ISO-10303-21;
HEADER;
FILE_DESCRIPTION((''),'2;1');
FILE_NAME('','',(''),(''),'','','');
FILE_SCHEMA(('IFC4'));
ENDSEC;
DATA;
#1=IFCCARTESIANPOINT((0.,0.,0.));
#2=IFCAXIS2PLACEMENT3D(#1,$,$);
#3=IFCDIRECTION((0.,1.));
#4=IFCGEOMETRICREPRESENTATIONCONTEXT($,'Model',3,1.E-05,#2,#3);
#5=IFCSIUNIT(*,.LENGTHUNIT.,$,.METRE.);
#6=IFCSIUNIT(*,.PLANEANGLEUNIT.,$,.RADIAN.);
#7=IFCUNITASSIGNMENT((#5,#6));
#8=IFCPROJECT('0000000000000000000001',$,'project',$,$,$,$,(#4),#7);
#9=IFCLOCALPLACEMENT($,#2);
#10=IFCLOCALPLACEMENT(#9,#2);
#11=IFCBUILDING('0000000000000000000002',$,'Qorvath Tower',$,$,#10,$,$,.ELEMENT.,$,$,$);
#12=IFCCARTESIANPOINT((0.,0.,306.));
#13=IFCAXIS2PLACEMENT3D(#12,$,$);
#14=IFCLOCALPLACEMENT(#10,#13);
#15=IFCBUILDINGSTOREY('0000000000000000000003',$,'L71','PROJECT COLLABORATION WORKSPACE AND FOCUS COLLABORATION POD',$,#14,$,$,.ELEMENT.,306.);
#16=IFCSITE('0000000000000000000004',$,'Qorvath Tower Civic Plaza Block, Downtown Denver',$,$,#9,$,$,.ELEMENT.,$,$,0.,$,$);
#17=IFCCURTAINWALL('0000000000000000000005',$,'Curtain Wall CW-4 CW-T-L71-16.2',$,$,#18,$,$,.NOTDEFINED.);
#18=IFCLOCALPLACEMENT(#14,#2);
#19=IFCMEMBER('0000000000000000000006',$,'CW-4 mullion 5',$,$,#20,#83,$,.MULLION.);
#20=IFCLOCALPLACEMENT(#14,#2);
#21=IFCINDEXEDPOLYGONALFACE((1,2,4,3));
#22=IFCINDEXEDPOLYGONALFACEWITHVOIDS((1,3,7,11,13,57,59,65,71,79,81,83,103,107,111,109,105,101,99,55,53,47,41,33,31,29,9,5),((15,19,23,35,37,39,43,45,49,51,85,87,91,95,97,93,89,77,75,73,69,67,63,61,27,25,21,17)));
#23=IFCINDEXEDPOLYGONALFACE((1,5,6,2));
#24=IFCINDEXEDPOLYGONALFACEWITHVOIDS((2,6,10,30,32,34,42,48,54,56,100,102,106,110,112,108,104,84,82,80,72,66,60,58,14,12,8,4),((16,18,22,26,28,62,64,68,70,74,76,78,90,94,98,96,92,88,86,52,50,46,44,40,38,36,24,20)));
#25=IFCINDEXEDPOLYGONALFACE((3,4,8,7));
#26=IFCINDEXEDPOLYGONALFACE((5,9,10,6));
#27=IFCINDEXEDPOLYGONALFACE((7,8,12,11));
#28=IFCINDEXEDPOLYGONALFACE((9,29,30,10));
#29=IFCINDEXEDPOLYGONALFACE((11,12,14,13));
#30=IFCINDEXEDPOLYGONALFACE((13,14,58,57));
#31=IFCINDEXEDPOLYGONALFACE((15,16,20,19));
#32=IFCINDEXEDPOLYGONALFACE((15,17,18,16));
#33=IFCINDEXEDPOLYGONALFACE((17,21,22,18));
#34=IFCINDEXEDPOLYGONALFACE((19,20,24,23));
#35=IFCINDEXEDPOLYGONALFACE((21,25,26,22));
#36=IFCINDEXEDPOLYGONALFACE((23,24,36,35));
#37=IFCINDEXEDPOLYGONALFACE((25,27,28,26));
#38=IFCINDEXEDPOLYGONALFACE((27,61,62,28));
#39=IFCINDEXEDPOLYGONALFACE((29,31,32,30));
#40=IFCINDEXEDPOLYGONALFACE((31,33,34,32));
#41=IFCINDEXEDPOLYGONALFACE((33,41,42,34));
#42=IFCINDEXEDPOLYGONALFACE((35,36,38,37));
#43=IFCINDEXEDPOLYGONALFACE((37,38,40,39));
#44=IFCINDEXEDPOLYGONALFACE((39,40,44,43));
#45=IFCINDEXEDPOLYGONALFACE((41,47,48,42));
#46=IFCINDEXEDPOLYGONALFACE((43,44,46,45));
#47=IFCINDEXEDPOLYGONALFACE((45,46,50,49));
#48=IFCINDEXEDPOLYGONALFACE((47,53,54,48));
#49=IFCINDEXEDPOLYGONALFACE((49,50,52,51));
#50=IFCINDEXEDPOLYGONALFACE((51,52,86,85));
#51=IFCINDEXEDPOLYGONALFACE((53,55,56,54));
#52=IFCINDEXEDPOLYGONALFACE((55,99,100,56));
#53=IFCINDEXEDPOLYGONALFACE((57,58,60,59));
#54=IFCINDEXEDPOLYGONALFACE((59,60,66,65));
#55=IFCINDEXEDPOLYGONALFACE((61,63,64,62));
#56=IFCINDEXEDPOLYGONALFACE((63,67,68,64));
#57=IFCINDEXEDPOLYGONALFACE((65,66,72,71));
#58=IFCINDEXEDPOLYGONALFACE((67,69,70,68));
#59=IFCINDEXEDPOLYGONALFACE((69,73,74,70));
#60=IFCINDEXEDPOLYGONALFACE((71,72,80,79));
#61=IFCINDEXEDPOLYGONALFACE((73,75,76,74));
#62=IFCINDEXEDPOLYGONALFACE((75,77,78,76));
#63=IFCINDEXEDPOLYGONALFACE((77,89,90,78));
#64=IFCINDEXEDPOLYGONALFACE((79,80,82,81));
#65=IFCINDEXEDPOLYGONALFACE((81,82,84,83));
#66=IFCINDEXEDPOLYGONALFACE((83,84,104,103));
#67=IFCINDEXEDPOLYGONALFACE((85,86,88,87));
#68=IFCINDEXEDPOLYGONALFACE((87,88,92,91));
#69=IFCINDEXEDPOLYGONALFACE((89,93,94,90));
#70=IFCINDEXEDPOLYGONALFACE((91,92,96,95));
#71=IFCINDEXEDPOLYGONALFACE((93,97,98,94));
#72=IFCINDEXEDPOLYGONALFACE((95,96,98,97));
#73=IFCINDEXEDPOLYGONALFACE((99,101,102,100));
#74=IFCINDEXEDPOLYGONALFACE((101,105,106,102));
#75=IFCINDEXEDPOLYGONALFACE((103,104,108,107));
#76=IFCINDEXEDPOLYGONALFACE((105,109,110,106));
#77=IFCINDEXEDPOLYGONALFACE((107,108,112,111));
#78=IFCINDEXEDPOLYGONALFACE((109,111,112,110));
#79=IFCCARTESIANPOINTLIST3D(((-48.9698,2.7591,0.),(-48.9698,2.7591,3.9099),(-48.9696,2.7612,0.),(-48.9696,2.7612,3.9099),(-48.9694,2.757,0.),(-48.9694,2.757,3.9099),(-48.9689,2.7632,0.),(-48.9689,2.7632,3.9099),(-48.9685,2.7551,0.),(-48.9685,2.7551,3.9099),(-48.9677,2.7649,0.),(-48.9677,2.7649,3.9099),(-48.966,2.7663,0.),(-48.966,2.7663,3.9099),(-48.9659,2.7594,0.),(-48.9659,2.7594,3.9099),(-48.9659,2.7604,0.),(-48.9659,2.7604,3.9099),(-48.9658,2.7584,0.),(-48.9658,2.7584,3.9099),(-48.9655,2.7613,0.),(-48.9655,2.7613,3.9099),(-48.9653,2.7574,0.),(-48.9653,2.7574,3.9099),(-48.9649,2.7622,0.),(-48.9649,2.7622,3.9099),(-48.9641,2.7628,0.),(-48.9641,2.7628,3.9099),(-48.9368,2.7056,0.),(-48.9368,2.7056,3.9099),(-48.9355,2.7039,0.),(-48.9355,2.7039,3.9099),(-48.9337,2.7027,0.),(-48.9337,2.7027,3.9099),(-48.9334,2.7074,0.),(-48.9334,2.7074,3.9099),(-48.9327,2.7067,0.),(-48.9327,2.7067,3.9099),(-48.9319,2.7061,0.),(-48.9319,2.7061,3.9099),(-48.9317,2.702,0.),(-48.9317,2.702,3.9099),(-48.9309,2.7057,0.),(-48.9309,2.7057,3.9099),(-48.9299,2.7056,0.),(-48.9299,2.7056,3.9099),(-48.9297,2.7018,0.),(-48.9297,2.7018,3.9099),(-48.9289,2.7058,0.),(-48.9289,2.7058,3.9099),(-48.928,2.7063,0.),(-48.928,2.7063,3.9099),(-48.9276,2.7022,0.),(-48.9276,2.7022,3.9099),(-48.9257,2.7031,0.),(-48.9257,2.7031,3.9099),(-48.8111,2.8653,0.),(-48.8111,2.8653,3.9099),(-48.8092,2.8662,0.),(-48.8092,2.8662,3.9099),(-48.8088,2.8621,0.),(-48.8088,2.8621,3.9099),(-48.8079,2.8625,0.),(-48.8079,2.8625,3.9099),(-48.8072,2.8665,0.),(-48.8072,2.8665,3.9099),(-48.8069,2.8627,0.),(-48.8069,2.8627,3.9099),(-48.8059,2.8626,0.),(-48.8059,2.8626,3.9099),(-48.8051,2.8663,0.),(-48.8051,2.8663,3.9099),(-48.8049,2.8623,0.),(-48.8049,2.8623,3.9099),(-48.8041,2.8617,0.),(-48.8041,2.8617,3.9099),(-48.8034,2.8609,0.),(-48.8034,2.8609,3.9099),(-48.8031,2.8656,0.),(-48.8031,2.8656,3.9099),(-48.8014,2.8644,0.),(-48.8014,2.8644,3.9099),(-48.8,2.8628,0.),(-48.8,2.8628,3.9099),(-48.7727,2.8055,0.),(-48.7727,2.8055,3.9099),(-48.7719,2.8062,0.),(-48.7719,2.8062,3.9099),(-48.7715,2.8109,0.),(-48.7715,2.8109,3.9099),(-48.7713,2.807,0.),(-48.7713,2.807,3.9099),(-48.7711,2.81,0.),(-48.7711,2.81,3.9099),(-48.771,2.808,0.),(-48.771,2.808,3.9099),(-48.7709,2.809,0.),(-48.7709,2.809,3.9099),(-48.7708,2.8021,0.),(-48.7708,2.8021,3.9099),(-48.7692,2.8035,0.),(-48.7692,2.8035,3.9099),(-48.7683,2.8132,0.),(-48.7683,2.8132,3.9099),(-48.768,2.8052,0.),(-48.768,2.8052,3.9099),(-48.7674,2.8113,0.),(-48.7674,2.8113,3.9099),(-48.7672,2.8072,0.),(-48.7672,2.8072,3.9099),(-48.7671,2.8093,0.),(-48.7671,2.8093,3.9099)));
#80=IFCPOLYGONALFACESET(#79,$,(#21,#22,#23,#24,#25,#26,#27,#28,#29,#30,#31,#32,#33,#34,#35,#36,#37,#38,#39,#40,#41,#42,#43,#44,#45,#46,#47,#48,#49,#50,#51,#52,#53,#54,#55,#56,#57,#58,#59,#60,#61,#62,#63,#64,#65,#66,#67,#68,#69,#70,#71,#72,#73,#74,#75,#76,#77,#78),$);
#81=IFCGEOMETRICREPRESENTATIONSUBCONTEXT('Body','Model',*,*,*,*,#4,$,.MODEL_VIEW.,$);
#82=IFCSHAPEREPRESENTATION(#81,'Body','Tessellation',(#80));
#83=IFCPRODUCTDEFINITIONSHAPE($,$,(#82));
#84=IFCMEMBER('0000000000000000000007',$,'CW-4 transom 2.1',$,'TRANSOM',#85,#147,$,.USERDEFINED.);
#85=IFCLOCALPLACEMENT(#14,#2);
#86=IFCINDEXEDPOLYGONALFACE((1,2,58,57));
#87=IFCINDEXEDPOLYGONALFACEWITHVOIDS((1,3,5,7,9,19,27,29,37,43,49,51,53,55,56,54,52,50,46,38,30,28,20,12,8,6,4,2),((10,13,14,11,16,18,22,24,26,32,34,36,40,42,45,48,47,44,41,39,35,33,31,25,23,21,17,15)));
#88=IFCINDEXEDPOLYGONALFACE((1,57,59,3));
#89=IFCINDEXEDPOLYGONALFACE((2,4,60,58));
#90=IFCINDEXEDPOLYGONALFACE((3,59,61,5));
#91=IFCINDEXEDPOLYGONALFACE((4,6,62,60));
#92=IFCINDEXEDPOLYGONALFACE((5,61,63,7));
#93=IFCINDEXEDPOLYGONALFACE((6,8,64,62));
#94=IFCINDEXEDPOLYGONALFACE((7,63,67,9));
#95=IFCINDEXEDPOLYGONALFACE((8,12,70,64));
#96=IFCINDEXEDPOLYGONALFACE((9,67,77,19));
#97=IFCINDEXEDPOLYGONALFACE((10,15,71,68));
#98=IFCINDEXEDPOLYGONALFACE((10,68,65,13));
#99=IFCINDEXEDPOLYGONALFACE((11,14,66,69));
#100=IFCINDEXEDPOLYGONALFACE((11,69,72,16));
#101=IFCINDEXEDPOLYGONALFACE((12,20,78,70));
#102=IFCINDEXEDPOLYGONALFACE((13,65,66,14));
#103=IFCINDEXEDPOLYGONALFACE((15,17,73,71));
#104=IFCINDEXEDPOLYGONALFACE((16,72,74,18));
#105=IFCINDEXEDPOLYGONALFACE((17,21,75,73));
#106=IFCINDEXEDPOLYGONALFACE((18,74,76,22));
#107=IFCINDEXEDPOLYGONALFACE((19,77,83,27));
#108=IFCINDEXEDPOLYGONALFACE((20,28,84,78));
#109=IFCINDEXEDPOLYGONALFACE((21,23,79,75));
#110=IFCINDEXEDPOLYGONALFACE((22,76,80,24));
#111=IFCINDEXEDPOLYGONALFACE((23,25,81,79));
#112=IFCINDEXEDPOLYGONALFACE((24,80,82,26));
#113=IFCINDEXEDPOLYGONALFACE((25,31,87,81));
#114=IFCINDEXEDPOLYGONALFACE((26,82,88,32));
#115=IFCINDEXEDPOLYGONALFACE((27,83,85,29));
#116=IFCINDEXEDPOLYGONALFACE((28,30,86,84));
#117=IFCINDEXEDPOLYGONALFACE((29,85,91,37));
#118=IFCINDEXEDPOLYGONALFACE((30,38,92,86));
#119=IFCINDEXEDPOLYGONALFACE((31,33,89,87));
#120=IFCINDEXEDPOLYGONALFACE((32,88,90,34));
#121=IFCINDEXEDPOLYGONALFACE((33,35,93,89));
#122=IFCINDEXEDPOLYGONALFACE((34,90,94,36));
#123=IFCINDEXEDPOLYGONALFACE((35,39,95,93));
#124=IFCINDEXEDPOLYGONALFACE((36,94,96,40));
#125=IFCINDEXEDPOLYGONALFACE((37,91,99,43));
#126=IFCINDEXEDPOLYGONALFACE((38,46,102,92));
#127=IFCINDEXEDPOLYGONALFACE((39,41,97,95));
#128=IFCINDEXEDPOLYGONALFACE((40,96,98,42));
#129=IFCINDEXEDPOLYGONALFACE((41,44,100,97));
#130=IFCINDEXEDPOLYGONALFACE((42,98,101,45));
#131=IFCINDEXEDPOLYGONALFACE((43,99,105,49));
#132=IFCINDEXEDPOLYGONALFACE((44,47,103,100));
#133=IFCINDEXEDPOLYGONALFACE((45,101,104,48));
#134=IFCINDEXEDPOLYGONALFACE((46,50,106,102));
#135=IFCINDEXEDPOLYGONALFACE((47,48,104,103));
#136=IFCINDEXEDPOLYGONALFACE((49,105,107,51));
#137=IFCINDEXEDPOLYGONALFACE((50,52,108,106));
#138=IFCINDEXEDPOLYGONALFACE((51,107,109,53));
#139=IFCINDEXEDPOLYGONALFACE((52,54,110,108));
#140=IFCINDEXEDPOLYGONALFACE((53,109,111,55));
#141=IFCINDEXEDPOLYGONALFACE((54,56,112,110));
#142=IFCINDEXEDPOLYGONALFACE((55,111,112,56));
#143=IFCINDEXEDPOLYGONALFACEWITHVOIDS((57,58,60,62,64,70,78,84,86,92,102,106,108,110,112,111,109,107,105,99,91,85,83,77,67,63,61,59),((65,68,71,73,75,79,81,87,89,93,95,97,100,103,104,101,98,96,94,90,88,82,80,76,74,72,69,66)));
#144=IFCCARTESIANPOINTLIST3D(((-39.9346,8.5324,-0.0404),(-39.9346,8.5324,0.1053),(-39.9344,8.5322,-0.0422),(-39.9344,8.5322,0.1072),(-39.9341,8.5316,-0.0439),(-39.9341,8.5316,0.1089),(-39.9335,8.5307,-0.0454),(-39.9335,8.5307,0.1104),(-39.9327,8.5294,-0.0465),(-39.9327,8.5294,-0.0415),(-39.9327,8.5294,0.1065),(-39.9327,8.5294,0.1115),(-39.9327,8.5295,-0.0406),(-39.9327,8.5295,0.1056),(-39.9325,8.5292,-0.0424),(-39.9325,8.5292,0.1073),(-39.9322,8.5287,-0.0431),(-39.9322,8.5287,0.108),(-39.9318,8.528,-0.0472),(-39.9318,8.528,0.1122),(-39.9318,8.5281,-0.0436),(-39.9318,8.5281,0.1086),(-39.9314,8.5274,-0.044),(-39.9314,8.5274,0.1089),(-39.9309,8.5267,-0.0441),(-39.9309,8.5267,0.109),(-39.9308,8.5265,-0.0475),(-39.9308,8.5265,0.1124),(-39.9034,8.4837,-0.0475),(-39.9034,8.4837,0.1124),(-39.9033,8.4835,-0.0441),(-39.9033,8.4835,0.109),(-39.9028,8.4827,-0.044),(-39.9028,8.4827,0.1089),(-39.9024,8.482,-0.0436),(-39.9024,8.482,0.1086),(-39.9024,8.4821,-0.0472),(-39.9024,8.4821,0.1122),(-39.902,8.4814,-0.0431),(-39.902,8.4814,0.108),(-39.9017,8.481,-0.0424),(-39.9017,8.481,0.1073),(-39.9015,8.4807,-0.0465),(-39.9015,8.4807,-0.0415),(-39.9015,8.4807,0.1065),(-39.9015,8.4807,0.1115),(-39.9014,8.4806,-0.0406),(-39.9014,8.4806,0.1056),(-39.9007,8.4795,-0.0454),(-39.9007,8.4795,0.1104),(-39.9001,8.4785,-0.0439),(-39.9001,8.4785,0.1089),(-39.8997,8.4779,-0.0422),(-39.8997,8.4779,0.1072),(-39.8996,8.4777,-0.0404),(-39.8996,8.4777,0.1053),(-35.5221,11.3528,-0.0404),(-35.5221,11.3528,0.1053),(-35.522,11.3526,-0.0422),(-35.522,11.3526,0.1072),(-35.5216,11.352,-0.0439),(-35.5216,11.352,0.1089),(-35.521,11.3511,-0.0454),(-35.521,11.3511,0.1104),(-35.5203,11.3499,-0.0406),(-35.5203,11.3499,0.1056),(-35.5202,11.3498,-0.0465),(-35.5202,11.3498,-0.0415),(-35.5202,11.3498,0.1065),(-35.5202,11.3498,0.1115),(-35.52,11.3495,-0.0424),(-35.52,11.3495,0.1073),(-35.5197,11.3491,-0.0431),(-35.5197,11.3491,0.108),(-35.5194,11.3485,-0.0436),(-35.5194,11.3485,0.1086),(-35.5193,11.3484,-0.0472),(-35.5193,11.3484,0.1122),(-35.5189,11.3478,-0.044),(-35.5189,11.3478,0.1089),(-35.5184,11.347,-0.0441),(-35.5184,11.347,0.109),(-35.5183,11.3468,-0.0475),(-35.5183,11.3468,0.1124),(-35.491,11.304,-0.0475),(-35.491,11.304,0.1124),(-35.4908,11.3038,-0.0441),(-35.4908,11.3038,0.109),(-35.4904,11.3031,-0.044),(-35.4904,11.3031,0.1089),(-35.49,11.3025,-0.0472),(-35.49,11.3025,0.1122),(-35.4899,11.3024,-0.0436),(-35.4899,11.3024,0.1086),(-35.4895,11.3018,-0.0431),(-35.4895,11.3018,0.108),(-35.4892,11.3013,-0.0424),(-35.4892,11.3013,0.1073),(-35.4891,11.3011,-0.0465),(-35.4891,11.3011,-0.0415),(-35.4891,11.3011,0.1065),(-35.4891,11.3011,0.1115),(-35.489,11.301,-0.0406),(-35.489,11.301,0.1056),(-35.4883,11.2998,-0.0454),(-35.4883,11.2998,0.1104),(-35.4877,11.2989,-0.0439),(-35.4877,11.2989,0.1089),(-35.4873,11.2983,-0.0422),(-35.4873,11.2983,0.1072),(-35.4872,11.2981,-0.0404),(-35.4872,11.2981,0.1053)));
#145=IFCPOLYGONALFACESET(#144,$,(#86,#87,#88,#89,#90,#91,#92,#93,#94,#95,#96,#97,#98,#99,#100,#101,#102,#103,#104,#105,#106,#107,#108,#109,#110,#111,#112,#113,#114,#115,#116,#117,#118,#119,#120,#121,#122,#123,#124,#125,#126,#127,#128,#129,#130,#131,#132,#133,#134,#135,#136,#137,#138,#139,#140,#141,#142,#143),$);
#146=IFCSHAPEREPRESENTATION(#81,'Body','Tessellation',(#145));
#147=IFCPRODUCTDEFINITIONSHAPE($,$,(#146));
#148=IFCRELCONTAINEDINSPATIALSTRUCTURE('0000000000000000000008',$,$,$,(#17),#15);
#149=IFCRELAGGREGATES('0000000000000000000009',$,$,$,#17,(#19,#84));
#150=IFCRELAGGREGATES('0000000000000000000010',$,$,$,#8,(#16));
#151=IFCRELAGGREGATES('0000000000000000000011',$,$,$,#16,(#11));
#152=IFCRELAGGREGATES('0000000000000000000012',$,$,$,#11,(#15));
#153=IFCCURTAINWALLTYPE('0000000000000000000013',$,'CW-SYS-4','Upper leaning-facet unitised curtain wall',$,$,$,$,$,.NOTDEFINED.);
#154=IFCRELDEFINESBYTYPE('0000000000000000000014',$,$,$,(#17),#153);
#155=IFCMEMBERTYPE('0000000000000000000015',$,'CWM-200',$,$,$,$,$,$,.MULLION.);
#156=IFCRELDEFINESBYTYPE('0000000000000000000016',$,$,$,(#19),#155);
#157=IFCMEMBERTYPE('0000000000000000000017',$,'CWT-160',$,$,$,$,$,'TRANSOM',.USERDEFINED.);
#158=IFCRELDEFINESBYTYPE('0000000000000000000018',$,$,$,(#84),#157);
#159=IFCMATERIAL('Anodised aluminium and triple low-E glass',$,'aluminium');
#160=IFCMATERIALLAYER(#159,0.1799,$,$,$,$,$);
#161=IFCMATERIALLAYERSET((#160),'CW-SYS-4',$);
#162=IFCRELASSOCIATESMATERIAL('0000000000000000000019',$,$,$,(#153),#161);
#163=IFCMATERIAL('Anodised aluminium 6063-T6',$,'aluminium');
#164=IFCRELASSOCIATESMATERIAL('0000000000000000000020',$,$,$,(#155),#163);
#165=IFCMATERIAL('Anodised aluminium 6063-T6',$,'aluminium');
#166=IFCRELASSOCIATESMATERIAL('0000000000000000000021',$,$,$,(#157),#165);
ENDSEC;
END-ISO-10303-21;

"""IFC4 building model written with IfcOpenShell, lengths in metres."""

from ifc_helpers import new_model, si_unit, direction, frame, origin, origin_2d, place, context, subcontext, project, spatial, hollow_rectangle, extrude, material, layer, layer_set, material_profile, profile_set, type_object, element, aggregate, save


model = new_model("IFC4")

# Units and contexts
model_context = context("Model", 3, precision=1e-05, world=origin(), true_north=direction((0.0, 1.0)))
body_context = subcontext(model_context, "Body", "Model", "MODEL_VIEW")
ifc_project = project(units=[si_unit("LENGTHUNIT", "METRE"), si_unit("PLANEANGLEUNIT", "RADIAN")], contexts=[model_context])

# Site, building, storey
site_placement = place(None, origin())
site = spatial("IfcSite", under=ifc_project, at=site_placement, Name="Qorvath Tower Civic Plaza Block, Downtown Denver", CompositionType="ELEMENT", RefElevation=0.0)
building_placement = place(site_placement, origin())
building = spatial("IfcBuilding", under=site, at=building_placement, Name="Qorvath Tower", CompositionType="ELEMENT")
storey_placement = place(building_placement, frame((0.0, 0.0, 306.0)))
storey = spatial("IfcBuildingStorey", under=building, at=storey_placement, Name="L71", Description="PROJECT COLLABORATION WORKSPACE AND FOCUS COLLABORATION POD", CompositionType="ELEMENT", Elevation=306.0)

# Curtain wall, members
ifc_material_1 = material(Name="Anodised aluminium and triple low-E glass", Category="aluminium")
ifc_layer_1 = layer(ifc_material_1, 0.1799)
ifc_layer_set_1 = layer_set([ifc_layer_1], Name="CW-SYS-4")
curtain_wall_type = type_object("IfcCurtainWallType", Name="CW-SYS-4", Description="Upper leaning-facet unitised curtain wall", PredefinedType="NOTDEFINED", material=ifc_layer_set_1)
curtain_wall_placement = place(storey_placement, origin())
curtain_wall = element("IfcCurtainWall", 1, at=curtain_wall_placement, inside=storey, type_object=curtain_wall_type, Name="Curtain Wall CW-4 CW-T-L71-16.2", PredefinedType="NOTDEFINED")
ifc_material_2 = material(Name="Anodised aluminium 6063-T6", Category="aluminium")
ifc_material_profile_1 = material_profile(ifc_material_2, hollow_rectangle(XDim=0.075, YDim=0.2, WallThickness=0.0039, InnerFilletRadius=0.0039, OuterFilletRadius=0.0081, at=origin_2d()), Name="CWM 200x75")
ifc_profile_set_1 = profile_set([ifc_material_profile_1], Name="Anodised aluminium 6063-T6")
member_type_1 = type_object("IfcMemberType", Name="CWM-200", PredefinedType="MULLION", material=ifc_profile_set_1)
member_1_placement = place(storey_placement, frame((-48.8684, 2.7842, 0.0), z_axis=(0.0, 0.0, 1.0), x_axis=(0.538537, -0.842602, 0.0)))
member_1 = element("IfcMember", 2, at=member_1_placement, type_object=member_type_1, Name="CW-4 mullion 5", PredefinedType="MULLION", context=body_context, shape_type="SweptSolid", body=[
    extrude(hollow_rectangle(XDim=0.075, YDim=0.2, WallThickness=0.0039, InnerFilletRadius=0.0039, OuterFilletRadius=0.0081, at=origin_2d()), origin(), (0.0, 0.0, 1.0), 3.9099),
])
ifc_material_3 = material(Name="Anodised aluminium 6063-T6", Category="aluminium")
ifc_material_profile_2 = material_profile(ifc_material_3, hollow_rectangle(XDim=0.0649, YDim=0.1599, WallThickness=0.0034, InnerFilletRadius=0.0034, OuterFilletRadius=0.0071, at=origin_2d()), Name="CWT 160x65")
ifc_profile_set_2 = profile_set([ifc_material_profile_2], Name="Anodised aluminium 6063-T6")
member_type_2 = type_object("IfcMemberType", Name="CWT-160", ElementType="TRANSOM", PredefinedType="USERDEFINED", material=ifc_profile_set_2)
member_2_placement = place(storey_placement, frame((-35.5046, 11.3254, 0.0325), z_axis=(-0.842583, -0.538567, 0.0), x_axis=(0.538567, -0.842583, 0.0)))
member_2 = element("IfcMember", 3, at=member_2_placement, type_object=member_type_2, Name="CW-4 transom 2.1", ObjectType="TRANSOM", PredefinedType="USERDEFINED", context=body_context, shape_type="SweptSolid", body=[
    extrude(hollow_rectangle(XDim=0.0649, YDim=0.1599, WallThickness=0.0034, InnerFilletRadius=0.0034, OuterFilletRadius=0.0071, at=origin_2d()), origin(), (0.0, 0.0, 1.0), 5.2368),
])
aggregate(curtain_wall, [member_1, member_2])

save(model, "model.ifc")
